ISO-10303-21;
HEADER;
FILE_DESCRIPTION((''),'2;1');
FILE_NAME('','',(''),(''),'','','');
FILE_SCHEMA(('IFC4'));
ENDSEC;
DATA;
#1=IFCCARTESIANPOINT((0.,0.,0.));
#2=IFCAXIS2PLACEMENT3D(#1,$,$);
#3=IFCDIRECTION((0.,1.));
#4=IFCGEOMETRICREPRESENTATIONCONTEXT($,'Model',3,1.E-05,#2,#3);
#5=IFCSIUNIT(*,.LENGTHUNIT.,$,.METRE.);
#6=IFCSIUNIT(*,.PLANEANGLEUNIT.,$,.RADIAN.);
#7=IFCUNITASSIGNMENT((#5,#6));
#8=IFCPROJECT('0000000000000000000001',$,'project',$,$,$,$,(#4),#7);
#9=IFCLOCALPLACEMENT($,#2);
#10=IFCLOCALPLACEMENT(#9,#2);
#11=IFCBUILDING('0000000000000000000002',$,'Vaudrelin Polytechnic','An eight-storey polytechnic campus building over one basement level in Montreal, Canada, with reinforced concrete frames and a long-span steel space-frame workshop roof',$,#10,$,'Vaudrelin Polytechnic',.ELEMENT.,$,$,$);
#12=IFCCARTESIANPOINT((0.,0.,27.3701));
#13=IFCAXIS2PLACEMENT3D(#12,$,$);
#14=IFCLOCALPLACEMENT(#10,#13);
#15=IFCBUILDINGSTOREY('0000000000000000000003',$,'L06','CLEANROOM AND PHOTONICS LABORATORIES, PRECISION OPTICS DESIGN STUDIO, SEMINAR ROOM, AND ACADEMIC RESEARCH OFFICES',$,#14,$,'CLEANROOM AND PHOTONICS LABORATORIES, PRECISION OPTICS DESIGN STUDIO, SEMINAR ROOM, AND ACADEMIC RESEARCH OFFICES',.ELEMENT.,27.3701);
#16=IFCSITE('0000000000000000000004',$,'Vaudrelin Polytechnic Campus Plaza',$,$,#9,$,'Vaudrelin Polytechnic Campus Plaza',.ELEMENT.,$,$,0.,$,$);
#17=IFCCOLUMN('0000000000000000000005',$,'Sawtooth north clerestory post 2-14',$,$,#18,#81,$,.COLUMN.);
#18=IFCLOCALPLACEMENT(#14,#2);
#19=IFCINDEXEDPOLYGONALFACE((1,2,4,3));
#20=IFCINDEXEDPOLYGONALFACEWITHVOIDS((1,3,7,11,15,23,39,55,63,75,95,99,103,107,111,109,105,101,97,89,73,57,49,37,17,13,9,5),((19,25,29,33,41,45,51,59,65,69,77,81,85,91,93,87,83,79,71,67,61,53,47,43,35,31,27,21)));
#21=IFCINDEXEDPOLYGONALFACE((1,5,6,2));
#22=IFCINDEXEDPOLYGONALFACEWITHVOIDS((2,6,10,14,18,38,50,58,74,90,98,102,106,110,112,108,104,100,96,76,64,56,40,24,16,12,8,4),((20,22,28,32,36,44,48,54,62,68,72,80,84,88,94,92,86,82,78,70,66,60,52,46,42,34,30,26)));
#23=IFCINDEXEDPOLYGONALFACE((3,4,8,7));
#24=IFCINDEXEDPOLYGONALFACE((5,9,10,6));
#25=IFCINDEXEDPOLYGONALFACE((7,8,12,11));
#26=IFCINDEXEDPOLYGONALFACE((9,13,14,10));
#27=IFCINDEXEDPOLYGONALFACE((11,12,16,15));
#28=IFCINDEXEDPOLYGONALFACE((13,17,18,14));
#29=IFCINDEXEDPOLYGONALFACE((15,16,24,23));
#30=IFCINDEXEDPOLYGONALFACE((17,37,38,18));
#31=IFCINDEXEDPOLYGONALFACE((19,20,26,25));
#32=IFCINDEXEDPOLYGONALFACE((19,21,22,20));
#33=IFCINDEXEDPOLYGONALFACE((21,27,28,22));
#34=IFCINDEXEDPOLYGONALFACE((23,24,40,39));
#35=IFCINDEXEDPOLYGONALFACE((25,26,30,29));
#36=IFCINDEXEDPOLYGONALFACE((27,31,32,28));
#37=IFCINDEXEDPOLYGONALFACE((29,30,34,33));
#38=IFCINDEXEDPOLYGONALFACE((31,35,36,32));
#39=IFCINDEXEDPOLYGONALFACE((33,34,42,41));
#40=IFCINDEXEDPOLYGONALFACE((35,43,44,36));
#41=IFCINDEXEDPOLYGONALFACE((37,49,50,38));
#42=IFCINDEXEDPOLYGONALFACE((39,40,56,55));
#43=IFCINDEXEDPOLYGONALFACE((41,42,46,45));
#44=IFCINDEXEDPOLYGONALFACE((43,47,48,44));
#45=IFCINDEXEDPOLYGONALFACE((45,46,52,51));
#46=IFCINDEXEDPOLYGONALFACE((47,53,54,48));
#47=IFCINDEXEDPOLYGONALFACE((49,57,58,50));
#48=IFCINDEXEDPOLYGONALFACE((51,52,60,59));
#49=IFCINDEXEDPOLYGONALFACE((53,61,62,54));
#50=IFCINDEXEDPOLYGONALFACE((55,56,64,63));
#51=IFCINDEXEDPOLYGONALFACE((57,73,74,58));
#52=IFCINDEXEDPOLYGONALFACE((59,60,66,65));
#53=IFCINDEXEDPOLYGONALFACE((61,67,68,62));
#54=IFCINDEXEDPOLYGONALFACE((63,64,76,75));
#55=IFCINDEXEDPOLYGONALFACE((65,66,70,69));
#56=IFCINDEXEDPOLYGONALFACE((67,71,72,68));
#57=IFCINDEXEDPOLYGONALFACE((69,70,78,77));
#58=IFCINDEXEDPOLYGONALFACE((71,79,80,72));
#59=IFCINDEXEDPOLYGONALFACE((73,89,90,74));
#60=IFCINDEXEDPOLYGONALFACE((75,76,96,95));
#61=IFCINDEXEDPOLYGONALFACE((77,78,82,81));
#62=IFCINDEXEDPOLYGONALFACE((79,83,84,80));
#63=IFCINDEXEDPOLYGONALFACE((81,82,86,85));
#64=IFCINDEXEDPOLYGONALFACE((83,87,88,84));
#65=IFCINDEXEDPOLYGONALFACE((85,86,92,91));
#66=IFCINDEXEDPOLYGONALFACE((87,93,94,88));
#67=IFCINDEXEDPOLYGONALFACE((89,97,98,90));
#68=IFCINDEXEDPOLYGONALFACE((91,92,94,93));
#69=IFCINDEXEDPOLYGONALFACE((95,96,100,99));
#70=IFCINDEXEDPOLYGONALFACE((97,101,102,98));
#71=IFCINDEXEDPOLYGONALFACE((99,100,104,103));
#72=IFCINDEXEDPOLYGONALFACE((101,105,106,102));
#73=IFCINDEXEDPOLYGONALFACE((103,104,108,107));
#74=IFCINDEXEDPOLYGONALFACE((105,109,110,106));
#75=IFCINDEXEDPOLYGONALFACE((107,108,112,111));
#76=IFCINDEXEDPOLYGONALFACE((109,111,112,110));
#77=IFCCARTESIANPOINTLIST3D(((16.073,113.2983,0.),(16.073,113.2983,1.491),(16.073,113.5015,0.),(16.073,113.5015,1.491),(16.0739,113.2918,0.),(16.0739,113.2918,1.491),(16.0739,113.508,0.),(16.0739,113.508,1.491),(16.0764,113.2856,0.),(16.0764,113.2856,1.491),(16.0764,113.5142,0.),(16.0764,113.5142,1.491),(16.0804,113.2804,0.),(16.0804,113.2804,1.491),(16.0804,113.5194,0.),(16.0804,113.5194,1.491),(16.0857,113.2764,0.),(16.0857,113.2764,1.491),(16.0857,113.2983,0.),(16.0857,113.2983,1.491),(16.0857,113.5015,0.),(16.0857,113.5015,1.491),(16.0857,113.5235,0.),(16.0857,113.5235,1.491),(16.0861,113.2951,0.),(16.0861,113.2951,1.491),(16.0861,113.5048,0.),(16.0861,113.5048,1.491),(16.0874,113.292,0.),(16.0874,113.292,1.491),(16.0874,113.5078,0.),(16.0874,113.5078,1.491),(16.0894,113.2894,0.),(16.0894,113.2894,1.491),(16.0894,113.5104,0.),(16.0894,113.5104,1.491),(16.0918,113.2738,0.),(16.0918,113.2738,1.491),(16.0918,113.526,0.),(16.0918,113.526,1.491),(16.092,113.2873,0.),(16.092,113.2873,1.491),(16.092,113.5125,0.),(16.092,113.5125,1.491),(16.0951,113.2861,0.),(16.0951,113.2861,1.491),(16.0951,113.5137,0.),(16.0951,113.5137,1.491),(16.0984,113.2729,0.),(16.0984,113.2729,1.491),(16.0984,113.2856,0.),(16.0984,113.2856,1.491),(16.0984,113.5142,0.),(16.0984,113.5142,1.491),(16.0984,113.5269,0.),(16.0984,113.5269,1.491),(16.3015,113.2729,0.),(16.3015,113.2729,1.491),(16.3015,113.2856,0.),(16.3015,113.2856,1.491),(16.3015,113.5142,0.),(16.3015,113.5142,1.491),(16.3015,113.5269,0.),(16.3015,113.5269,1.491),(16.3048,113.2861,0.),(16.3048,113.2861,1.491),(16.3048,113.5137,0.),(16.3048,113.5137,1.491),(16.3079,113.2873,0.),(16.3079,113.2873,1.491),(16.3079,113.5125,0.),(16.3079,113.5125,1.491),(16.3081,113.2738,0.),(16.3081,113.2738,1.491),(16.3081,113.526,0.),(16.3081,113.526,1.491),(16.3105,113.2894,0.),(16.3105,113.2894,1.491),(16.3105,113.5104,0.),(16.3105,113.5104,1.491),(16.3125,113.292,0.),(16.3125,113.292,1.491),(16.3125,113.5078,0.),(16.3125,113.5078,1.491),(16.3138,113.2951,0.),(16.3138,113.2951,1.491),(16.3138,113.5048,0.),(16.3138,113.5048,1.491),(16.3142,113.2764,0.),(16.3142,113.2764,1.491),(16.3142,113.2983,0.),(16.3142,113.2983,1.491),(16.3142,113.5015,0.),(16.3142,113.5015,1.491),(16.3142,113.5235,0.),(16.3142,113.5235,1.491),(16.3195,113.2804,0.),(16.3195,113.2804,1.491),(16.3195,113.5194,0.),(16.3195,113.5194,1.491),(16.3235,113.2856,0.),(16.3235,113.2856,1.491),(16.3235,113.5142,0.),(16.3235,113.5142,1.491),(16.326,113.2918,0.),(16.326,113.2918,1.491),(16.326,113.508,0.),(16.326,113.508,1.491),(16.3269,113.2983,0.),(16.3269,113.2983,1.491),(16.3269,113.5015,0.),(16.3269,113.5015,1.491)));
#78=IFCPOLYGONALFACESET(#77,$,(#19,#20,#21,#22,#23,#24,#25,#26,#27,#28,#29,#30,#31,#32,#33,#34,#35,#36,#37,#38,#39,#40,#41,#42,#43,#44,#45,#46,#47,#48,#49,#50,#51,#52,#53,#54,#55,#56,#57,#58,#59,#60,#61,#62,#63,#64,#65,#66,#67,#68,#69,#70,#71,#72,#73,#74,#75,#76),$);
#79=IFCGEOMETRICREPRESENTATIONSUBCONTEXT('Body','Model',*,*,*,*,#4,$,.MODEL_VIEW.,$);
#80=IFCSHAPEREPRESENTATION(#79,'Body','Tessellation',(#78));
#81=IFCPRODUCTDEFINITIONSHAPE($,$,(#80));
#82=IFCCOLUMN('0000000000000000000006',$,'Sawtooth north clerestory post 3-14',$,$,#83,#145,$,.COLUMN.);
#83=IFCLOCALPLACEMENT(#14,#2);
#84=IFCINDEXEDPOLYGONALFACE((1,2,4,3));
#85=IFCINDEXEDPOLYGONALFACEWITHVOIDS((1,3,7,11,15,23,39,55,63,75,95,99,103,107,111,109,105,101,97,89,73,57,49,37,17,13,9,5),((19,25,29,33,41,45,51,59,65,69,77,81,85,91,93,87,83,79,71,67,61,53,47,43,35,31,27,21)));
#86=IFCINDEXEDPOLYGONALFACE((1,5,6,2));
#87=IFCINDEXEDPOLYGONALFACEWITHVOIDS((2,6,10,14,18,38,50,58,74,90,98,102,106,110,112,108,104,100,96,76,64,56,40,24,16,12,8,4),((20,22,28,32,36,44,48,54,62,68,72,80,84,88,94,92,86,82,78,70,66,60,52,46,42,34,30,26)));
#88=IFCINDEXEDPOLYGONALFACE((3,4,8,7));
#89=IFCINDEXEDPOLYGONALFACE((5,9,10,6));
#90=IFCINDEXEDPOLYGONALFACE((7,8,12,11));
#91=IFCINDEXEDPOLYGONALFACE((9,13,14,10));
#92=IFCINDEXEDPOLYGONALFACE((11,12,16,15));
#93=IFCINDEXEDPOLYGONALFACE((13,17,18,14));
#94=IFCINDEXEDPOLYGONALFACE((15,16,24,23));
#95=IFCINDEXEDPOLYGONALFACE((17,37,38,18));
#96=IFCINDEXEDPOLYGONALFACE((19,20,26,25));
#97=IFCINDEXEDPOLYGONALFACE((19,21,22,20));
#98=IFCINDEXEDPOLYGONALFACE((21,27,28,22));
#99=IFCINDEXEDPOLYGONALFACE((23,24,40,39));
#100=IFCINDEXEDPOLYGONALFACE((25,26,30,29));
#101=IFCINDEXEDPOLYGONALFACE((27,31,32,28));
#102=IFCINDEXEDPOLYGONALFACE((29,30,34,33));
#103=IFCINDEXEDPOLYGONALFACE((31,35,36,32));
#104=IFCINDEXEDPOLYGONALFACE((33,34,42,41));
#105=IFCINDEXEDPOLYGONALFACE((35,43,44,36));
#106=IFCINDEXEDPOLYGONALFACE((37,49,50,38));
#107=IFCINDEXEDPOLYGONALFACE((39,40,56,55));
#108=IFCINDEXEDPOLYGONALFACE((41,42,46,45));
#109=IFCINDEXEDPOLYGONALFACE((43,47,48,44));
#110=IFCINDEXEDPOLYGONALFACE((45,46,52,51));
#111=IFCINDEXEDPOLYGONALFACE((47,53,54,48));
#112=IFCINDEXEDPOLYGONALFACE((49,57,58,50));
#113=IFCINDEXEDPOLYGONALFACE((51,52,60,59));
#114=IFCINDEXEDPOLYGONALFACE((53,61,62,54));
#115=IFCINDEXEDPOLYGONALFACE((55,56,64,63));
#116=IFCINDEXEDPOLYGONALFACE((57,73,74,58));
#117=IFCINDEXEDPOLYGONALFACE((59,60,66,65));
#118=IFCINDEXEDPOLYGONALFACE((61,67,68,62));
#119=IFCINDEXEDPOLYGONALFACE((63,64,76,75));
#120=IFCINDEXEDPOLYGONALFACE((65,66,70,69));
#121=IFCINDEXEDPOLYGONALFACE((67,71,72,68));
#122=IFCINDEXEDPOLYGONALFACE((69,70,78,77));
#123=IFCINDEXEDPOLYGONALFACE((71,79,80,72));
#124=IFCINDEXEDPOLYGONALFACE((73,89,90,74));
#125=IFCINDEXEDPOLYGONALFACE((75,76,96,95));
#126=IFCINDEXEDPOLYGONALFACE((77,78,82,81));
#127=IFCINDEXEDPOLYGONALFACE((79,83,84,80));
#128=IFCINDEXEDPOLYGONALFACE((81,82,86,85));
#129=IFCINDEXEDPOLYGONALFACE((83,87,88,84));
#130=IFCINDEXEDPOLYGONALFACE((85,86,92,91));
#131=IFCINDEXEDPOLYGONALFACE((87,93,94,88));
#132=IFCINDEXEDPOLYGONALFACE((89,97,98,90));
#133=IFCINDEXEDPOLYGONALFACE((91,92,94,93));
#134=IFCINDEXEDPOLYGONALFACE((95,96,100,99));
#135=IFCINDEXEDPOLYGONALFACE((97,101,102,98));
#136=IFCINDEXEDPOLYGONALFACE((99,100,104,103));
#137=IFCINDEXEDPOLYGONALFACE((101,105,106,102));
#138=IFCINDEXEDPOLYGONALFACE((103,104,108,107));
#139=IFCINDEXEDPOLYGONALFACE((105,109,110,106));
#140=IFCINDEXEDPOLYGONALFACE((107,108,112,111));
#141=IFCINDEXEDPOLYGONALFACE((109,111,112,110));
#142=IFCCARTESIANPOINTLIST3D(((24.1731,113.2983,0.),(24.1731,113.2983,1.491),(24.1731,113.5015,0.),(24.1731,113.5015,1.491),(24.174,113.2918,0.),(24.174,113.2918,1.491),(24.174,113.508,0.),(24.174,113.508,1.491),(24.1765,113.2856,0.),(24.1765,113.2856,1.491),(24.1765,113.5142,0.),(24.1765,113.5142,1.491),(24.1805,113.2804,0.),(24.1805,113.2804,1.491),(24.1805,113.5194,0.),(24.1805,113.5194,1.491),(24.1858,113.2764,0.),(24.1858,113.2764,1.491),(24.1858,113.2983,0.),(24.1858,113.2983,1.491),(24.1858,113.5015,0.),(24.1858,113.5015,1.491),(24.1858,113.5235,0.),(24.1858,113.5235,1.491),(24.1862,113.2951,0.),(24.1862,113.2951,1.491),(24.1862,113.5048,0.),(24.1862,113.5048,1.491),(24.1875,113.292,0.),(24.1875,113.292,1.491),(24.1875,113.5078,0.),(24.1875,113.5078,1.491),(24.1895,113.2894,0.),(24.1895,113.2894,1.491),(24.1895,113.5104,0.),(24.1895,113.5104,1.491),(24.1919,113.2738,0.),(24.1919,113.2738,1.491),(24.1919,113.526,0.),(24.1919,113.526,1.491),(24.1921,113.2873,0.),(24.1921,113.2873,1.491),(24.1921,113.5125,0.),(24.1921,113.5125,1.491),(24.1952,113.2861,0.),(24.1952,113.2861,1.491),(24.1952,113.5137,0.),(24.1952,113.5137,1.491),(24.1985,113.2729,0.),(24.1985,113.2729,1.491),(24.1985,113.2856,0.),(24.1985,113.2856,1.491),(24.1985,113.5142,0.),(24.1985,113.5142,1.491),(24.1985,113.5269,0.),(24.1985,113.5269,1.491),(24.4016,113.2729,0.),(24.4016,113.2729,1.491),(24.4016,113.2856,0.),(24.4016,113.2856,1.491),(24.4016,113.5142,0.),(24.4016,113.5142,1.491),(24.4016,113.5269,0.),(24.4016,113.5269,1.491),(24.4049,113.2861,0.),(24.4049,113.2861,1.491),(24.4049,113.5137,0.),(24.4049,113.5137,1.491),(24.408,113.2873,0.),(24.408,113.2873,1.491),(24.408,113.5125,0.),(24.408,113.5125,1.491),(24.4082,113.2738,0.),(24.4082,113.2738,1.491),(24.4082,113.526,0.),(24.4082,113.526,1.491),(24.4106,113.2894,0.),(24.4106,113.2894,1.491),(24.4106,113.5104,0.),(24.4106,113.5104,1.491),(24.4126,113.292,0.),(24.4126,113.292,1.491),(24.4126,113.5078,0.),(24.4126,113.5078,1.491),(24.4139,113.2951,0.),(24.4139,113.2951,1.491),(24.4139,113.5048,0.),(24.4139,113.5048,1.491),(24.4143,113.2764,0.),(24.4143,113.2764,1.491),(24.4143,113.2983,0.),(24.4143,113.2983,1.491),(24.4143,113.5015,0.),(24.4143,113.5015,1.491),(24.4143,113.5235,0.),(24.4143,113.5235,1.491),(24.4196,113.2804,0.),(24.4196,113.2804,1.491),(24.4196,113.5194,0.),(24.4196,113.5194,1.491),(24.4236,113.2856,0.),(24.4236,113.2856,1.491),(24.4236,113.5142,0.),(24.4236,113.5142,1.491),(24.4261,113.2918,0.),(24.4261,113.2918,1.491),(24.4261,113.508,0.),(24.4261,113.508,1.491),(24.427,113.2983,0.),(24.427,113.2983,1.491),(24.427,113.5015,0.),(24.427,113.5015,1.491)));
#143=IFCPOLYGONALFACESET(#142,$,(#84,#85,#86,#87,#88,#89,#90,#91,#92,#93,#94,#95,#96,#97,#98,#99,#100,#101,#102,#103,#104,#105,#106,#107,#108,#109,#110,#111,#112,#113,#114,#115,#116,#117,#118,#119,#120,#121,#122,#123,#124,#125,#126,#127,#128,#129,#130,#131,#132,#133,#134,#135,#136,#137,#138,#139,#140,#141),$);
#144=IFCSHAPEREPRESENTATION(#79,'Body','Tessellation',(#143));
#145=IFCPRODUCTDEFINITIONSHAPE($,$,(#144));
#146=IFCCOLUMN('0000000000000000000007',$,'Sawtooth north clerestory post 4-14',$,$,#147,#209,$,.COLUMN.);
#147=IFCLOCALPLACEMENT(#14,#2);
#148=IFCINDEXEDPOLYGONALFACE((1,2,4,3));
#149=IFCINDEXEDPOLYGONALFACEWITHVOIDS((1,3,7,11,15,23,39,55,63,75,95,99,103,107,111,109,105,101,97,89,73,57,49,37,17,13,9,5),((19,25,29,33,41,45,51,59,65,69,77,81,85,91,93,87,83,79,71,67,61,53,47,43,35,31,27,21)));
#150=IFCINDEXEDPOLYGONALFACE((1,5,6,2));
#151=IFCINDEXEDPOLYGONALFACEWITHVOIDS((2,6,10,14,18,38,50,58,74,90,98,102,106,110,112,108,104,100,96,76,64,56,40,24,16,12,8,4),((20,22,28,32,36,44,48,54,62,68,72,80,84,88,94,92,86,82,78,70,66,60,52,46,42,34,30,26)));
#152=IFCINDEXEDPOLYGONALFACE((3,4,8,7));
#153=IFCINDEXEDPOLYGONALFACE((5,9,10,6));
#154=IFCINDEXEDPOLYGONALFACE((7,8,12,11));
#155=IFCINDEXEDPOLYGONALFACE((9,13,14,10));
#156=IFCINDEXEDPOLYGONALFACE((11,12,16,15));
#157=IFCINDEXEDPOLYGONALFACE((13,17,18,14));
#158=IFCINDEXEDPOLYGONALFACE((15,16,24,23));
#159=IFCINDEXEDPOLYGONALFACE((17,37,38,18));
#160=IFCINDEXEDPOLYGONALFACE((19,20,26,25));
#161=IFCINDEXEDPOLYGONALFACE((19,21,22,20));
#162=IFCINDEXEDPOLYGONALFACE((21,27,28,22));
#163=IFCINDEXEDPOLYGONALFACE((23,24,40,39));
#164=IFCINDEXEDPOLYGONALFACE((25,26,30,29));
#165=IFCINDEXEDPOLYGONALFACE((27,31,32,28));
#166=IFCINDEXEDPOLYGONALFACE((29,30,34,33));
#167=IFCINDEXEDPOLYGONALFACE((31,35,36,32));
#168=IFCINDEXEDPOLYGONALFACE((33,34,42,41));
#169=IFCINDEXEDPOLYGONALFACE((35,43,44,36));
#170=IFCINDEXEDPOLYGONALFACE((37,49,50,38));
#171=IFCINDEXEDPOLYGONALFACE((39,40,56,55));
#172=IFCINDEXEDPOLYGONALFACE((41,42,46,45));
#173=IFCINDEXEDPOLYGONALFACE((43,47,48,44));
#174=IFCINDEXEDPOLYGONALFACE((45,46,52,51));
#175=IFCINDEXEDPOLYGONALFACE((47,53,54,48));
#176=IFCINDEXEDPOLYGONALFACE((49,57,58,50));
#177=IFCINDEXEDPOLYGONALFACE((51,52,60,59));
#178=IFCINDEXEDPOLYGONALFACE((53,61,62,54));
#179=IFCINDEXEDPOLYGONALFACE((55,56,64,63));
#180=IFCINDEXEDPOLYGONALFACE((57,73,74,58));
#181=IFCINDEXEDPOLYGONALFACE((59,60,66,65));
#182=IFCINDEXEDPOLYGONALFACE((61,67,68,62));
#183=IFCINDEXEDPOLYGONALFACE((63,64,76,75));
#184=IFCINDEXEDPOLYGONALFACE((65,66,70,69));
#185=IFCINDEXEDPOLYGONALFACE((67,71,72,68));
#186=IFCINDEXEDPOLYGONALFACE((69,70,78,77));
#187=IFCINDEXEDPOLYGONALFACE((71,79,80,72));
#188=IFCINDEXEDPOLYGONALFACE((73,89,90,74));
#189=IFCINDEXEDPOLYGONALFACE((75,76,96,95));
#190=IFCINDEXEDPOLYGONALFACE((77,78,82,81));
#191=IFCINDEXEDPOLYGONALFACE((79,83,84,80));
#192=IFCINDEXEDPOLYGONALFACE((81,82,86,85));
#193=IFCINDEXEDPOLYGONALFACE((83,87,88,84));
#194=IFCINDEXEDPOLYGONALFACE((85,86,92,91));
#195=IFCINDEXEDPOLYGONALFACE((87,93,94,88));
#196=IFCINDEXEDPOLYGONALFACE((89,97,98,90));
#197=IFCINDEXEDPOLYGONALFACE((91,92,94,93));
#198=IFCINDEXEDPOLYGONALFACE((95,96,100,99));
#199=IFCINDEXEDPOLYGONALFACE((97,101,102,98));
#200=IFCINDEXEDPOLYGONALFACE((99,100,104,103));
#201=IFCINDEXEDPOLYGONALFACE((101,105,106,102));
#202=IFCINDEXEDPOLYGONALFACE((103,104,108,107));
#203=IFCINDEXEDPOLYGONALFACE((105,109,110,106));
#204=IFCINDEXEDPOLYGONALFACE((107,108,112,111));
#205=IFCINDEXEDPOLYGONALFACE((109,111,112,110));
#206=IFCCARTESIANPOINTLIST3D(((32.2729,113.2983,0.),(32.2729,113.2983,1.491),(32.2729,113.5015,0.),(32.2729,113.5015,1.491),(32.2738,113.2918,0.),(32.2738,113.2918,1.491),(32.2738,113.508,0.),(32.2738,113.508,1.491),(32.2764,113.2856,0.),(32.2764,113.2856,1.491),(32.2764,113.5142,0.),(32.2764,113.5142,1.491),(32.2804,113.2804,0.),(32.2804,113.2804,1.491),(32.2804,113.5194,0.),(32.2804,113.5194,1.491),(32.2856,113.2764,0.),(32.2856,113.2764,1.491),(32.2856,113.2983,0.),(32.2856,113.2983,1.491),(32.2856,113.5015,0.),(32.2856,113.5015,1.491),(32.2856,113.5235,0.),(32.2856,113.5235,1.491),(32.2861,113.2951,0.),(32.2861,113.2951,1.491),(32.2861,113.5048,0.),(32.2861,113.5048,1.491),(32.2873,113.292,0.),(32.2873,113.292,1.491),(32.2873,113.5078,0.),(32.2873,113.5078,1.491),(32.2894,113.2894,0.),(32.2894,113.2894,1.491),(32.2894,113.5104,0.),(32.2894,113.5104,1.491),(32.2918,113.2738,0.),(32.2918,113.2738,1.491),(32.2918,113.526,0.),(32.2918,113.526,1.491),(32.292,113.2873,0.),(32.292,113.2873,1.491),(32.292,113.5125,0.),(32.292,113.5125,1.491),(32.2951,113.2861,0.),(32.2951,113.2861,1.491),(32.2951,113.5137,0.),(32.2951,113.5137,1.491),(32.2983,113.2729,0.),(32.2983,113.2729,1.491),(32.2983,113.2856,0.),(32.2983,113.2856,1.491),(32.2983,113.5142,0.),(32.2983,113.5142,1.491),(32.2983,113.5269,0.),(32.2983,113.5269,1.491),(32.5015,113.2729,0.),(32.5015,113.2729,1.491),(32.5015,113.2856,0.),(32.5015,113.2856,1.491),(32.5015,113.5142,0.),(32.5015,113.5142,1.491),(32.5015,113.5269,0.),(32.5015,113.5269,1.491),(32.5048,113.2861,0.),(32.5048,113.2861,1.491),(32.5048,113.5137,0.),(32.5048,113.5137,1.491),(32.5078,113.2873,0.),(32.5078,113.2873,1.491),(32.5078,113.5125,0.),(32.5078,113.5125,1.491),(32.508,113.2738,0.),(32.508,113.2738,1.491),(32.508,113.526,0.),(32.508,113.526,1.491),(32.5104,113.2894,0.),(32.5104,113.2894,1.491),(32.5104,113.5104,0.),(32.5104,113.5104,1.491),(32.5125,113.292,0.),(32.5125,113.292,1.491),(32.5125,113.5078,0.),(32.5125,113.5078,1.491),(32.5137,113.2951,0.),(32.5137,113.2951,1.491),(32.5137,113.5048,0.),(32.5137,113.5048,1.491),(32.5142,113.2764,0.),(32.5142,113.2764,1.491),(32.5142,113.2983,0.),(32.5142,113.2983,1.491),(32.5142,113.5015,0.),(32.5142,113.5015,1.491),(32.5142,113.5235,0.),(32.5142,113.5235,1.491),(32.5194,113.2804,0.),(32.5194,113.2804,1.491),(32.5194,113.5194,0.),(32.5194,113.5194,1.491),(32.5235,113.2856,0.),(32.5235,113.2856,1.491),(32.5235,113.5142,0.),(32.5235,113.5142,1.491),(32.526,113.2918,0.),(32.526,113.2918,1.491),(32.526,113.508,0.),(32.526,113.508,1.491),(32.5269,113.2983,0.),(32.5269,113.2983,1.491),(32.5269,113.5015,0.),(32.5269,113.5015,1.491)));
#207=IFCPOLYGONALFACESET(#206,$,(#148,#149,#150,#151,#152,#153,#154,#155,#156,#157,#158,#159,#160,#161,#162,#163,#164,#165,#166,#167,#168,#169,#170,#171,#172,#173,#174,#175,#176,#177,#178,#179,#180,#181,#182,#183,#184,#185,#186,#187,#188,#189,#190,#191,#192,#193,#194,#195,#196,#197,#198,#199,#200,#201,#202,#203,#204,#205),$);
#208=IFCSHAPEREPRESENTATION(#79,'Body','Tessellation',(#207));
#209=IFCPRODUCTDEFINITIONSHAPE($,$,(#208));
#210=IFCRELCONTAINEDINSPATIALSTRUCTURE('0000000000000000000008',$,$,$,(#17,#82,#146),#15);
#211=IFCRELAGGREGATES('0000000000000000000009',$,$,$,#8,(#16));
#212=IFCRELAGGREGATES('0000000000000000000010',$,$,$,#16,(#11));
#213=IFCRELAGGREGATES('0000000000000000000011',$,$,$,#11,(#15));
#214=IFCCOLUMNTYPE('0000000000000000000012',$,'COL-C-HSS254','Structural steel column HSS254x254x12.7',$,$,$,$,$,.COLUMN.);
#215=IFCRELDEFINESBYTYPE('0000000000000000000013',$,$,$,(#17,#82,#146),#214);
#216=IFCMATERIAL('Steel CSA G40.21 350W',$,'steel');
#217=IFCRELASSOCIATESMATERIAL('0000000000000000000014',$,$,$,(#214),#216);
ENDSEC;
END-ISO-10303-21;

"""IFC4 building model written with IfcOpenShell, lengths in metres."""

from ifc_helpers import new_model, si_unit, direction, frame, origin, origin_2d, place, context, subcontext, project, spatial, hollow_rectangle, extrude, material, material_profile, profile_set, type_object, element, save


model = new_model("IFC4")

# Units and contexts
model_context = context("Model", 3, precision=1e-05, world=origin(), true_north=direction((0.0, 1.0)))
body_context = subcontext(model_context, "Body", "Model", "MODEL_VIEW")
ifc_project = project(units=[si_unit("LENGTHUNIT", "METRE"), si_unit("PLANEANGLEUNIT", "RADIAN")], contexts=[model_context])

# Site, building, storey
site_placement = place(None, origin())
site = spatial("IfcSite", under=ifc_project, at=site_placement, Name="Vaudrelin Polytechnic Campus Plaza", LongName="Vaudrelin Polytechnic Campus Plaza", CompositionType="ELEMENT", RefElevation=0.0)
building_placement = place(site_placement, origin())
building = spatial("IfcBuilding", under=site, at=building_placement, Name="Vaudrelin Polytechnic", Description="An eight-storey polytechnic campus building over one basement level in Montreal, Canada, with reinforced concrete frames and a long-span steel space-frame workshop roof", LongName="Vaudrelin Polytechnic", CompositionType="ELEMENT")
storey_placement = place(building_placement, frame((0.0, 0.0, 27.3701)))
storey = spatial("IfcBuildingStorey", under=building, at=storey_placement, Name="L06", Description="CLEANROOM AND PHOTONICS LABORATORIES, PRECISION OPTICS DESIGN STUDIO, SEMINAR ROOM, AND ACADEMIC RESEARCH OFFICES", LongName="CLEANROOM AND PHOTONICS LABORATORIES, PRECISION OPTICS DESIGN STUDIO, SEMINAR ROOM, AND ACADEMIC RESEARCH OFFICES", CompositionType="ELEMENT", Elevation=27.3701)

# Columns
ifc_material_1 = material(Name="Steel CSA G40.21 350W", Category="steel")
ifc_material_profile_1 = material_profile(ifc_material_1, hollow_rectangle(XDim=0.2539, YDim=0.2539, WallThickness=0.0127, InnerFilletRadius=0.0127, OuterFilletRadius=0.0254, at=origin_2d()), Name="HSS254x254x12.7")
ifc_profile_set_1 = profile_set([ifc_material_profile_1], Name="Steel CSA G40.21 350W")
column_type = type_object("IfcColumnType", Name="COL-C-HSS254", Description="Structural steel column HSS254x254x12.7", PredefinedType="COLUMN", material=ifc_profile_set_1)
for number, where, z_axis, x_axis, name in (
    (1, (16.2, 113.3999, 0.0), (0.0, 0.0, 1.0), (1.0, 0.0, 0.0), "Sawtooth north clerestory post 2-14"),
    (2, (24.3, 113.3999, 0.0), (0.0, 0.0, 1.0), (1.0, 0.0, 0.0), "Sawtooth north clerestory post 3-14"),
    (3, (32.3999, 113.3999, 0.0), (0.0, 0.0, 1.0), (1.0, 0.0, 0.0), "Sawtooth north clerestory post 4-14"),
):
    element("IfcColumn", number, at=place(storey_placement, frame(where, z_axis=z_axis, x_axis=x_axis)), inside=storey, type_object=column_type, Name=name, PredefinedType="COLUMN", context=body_context, shape_type="SweptSolid", body=[
        extrude(hollow_rectangle(XDim=0.2539, YDim=0.2539, WallThickness=0.0127, InnerFilletRadius=0.0127, OuterFilletRadius=0.0254, at=origin_2d()), origin(), (0.0, 0.0, 1.0), 1.491),
    ])

save(model, "model.ifc")
